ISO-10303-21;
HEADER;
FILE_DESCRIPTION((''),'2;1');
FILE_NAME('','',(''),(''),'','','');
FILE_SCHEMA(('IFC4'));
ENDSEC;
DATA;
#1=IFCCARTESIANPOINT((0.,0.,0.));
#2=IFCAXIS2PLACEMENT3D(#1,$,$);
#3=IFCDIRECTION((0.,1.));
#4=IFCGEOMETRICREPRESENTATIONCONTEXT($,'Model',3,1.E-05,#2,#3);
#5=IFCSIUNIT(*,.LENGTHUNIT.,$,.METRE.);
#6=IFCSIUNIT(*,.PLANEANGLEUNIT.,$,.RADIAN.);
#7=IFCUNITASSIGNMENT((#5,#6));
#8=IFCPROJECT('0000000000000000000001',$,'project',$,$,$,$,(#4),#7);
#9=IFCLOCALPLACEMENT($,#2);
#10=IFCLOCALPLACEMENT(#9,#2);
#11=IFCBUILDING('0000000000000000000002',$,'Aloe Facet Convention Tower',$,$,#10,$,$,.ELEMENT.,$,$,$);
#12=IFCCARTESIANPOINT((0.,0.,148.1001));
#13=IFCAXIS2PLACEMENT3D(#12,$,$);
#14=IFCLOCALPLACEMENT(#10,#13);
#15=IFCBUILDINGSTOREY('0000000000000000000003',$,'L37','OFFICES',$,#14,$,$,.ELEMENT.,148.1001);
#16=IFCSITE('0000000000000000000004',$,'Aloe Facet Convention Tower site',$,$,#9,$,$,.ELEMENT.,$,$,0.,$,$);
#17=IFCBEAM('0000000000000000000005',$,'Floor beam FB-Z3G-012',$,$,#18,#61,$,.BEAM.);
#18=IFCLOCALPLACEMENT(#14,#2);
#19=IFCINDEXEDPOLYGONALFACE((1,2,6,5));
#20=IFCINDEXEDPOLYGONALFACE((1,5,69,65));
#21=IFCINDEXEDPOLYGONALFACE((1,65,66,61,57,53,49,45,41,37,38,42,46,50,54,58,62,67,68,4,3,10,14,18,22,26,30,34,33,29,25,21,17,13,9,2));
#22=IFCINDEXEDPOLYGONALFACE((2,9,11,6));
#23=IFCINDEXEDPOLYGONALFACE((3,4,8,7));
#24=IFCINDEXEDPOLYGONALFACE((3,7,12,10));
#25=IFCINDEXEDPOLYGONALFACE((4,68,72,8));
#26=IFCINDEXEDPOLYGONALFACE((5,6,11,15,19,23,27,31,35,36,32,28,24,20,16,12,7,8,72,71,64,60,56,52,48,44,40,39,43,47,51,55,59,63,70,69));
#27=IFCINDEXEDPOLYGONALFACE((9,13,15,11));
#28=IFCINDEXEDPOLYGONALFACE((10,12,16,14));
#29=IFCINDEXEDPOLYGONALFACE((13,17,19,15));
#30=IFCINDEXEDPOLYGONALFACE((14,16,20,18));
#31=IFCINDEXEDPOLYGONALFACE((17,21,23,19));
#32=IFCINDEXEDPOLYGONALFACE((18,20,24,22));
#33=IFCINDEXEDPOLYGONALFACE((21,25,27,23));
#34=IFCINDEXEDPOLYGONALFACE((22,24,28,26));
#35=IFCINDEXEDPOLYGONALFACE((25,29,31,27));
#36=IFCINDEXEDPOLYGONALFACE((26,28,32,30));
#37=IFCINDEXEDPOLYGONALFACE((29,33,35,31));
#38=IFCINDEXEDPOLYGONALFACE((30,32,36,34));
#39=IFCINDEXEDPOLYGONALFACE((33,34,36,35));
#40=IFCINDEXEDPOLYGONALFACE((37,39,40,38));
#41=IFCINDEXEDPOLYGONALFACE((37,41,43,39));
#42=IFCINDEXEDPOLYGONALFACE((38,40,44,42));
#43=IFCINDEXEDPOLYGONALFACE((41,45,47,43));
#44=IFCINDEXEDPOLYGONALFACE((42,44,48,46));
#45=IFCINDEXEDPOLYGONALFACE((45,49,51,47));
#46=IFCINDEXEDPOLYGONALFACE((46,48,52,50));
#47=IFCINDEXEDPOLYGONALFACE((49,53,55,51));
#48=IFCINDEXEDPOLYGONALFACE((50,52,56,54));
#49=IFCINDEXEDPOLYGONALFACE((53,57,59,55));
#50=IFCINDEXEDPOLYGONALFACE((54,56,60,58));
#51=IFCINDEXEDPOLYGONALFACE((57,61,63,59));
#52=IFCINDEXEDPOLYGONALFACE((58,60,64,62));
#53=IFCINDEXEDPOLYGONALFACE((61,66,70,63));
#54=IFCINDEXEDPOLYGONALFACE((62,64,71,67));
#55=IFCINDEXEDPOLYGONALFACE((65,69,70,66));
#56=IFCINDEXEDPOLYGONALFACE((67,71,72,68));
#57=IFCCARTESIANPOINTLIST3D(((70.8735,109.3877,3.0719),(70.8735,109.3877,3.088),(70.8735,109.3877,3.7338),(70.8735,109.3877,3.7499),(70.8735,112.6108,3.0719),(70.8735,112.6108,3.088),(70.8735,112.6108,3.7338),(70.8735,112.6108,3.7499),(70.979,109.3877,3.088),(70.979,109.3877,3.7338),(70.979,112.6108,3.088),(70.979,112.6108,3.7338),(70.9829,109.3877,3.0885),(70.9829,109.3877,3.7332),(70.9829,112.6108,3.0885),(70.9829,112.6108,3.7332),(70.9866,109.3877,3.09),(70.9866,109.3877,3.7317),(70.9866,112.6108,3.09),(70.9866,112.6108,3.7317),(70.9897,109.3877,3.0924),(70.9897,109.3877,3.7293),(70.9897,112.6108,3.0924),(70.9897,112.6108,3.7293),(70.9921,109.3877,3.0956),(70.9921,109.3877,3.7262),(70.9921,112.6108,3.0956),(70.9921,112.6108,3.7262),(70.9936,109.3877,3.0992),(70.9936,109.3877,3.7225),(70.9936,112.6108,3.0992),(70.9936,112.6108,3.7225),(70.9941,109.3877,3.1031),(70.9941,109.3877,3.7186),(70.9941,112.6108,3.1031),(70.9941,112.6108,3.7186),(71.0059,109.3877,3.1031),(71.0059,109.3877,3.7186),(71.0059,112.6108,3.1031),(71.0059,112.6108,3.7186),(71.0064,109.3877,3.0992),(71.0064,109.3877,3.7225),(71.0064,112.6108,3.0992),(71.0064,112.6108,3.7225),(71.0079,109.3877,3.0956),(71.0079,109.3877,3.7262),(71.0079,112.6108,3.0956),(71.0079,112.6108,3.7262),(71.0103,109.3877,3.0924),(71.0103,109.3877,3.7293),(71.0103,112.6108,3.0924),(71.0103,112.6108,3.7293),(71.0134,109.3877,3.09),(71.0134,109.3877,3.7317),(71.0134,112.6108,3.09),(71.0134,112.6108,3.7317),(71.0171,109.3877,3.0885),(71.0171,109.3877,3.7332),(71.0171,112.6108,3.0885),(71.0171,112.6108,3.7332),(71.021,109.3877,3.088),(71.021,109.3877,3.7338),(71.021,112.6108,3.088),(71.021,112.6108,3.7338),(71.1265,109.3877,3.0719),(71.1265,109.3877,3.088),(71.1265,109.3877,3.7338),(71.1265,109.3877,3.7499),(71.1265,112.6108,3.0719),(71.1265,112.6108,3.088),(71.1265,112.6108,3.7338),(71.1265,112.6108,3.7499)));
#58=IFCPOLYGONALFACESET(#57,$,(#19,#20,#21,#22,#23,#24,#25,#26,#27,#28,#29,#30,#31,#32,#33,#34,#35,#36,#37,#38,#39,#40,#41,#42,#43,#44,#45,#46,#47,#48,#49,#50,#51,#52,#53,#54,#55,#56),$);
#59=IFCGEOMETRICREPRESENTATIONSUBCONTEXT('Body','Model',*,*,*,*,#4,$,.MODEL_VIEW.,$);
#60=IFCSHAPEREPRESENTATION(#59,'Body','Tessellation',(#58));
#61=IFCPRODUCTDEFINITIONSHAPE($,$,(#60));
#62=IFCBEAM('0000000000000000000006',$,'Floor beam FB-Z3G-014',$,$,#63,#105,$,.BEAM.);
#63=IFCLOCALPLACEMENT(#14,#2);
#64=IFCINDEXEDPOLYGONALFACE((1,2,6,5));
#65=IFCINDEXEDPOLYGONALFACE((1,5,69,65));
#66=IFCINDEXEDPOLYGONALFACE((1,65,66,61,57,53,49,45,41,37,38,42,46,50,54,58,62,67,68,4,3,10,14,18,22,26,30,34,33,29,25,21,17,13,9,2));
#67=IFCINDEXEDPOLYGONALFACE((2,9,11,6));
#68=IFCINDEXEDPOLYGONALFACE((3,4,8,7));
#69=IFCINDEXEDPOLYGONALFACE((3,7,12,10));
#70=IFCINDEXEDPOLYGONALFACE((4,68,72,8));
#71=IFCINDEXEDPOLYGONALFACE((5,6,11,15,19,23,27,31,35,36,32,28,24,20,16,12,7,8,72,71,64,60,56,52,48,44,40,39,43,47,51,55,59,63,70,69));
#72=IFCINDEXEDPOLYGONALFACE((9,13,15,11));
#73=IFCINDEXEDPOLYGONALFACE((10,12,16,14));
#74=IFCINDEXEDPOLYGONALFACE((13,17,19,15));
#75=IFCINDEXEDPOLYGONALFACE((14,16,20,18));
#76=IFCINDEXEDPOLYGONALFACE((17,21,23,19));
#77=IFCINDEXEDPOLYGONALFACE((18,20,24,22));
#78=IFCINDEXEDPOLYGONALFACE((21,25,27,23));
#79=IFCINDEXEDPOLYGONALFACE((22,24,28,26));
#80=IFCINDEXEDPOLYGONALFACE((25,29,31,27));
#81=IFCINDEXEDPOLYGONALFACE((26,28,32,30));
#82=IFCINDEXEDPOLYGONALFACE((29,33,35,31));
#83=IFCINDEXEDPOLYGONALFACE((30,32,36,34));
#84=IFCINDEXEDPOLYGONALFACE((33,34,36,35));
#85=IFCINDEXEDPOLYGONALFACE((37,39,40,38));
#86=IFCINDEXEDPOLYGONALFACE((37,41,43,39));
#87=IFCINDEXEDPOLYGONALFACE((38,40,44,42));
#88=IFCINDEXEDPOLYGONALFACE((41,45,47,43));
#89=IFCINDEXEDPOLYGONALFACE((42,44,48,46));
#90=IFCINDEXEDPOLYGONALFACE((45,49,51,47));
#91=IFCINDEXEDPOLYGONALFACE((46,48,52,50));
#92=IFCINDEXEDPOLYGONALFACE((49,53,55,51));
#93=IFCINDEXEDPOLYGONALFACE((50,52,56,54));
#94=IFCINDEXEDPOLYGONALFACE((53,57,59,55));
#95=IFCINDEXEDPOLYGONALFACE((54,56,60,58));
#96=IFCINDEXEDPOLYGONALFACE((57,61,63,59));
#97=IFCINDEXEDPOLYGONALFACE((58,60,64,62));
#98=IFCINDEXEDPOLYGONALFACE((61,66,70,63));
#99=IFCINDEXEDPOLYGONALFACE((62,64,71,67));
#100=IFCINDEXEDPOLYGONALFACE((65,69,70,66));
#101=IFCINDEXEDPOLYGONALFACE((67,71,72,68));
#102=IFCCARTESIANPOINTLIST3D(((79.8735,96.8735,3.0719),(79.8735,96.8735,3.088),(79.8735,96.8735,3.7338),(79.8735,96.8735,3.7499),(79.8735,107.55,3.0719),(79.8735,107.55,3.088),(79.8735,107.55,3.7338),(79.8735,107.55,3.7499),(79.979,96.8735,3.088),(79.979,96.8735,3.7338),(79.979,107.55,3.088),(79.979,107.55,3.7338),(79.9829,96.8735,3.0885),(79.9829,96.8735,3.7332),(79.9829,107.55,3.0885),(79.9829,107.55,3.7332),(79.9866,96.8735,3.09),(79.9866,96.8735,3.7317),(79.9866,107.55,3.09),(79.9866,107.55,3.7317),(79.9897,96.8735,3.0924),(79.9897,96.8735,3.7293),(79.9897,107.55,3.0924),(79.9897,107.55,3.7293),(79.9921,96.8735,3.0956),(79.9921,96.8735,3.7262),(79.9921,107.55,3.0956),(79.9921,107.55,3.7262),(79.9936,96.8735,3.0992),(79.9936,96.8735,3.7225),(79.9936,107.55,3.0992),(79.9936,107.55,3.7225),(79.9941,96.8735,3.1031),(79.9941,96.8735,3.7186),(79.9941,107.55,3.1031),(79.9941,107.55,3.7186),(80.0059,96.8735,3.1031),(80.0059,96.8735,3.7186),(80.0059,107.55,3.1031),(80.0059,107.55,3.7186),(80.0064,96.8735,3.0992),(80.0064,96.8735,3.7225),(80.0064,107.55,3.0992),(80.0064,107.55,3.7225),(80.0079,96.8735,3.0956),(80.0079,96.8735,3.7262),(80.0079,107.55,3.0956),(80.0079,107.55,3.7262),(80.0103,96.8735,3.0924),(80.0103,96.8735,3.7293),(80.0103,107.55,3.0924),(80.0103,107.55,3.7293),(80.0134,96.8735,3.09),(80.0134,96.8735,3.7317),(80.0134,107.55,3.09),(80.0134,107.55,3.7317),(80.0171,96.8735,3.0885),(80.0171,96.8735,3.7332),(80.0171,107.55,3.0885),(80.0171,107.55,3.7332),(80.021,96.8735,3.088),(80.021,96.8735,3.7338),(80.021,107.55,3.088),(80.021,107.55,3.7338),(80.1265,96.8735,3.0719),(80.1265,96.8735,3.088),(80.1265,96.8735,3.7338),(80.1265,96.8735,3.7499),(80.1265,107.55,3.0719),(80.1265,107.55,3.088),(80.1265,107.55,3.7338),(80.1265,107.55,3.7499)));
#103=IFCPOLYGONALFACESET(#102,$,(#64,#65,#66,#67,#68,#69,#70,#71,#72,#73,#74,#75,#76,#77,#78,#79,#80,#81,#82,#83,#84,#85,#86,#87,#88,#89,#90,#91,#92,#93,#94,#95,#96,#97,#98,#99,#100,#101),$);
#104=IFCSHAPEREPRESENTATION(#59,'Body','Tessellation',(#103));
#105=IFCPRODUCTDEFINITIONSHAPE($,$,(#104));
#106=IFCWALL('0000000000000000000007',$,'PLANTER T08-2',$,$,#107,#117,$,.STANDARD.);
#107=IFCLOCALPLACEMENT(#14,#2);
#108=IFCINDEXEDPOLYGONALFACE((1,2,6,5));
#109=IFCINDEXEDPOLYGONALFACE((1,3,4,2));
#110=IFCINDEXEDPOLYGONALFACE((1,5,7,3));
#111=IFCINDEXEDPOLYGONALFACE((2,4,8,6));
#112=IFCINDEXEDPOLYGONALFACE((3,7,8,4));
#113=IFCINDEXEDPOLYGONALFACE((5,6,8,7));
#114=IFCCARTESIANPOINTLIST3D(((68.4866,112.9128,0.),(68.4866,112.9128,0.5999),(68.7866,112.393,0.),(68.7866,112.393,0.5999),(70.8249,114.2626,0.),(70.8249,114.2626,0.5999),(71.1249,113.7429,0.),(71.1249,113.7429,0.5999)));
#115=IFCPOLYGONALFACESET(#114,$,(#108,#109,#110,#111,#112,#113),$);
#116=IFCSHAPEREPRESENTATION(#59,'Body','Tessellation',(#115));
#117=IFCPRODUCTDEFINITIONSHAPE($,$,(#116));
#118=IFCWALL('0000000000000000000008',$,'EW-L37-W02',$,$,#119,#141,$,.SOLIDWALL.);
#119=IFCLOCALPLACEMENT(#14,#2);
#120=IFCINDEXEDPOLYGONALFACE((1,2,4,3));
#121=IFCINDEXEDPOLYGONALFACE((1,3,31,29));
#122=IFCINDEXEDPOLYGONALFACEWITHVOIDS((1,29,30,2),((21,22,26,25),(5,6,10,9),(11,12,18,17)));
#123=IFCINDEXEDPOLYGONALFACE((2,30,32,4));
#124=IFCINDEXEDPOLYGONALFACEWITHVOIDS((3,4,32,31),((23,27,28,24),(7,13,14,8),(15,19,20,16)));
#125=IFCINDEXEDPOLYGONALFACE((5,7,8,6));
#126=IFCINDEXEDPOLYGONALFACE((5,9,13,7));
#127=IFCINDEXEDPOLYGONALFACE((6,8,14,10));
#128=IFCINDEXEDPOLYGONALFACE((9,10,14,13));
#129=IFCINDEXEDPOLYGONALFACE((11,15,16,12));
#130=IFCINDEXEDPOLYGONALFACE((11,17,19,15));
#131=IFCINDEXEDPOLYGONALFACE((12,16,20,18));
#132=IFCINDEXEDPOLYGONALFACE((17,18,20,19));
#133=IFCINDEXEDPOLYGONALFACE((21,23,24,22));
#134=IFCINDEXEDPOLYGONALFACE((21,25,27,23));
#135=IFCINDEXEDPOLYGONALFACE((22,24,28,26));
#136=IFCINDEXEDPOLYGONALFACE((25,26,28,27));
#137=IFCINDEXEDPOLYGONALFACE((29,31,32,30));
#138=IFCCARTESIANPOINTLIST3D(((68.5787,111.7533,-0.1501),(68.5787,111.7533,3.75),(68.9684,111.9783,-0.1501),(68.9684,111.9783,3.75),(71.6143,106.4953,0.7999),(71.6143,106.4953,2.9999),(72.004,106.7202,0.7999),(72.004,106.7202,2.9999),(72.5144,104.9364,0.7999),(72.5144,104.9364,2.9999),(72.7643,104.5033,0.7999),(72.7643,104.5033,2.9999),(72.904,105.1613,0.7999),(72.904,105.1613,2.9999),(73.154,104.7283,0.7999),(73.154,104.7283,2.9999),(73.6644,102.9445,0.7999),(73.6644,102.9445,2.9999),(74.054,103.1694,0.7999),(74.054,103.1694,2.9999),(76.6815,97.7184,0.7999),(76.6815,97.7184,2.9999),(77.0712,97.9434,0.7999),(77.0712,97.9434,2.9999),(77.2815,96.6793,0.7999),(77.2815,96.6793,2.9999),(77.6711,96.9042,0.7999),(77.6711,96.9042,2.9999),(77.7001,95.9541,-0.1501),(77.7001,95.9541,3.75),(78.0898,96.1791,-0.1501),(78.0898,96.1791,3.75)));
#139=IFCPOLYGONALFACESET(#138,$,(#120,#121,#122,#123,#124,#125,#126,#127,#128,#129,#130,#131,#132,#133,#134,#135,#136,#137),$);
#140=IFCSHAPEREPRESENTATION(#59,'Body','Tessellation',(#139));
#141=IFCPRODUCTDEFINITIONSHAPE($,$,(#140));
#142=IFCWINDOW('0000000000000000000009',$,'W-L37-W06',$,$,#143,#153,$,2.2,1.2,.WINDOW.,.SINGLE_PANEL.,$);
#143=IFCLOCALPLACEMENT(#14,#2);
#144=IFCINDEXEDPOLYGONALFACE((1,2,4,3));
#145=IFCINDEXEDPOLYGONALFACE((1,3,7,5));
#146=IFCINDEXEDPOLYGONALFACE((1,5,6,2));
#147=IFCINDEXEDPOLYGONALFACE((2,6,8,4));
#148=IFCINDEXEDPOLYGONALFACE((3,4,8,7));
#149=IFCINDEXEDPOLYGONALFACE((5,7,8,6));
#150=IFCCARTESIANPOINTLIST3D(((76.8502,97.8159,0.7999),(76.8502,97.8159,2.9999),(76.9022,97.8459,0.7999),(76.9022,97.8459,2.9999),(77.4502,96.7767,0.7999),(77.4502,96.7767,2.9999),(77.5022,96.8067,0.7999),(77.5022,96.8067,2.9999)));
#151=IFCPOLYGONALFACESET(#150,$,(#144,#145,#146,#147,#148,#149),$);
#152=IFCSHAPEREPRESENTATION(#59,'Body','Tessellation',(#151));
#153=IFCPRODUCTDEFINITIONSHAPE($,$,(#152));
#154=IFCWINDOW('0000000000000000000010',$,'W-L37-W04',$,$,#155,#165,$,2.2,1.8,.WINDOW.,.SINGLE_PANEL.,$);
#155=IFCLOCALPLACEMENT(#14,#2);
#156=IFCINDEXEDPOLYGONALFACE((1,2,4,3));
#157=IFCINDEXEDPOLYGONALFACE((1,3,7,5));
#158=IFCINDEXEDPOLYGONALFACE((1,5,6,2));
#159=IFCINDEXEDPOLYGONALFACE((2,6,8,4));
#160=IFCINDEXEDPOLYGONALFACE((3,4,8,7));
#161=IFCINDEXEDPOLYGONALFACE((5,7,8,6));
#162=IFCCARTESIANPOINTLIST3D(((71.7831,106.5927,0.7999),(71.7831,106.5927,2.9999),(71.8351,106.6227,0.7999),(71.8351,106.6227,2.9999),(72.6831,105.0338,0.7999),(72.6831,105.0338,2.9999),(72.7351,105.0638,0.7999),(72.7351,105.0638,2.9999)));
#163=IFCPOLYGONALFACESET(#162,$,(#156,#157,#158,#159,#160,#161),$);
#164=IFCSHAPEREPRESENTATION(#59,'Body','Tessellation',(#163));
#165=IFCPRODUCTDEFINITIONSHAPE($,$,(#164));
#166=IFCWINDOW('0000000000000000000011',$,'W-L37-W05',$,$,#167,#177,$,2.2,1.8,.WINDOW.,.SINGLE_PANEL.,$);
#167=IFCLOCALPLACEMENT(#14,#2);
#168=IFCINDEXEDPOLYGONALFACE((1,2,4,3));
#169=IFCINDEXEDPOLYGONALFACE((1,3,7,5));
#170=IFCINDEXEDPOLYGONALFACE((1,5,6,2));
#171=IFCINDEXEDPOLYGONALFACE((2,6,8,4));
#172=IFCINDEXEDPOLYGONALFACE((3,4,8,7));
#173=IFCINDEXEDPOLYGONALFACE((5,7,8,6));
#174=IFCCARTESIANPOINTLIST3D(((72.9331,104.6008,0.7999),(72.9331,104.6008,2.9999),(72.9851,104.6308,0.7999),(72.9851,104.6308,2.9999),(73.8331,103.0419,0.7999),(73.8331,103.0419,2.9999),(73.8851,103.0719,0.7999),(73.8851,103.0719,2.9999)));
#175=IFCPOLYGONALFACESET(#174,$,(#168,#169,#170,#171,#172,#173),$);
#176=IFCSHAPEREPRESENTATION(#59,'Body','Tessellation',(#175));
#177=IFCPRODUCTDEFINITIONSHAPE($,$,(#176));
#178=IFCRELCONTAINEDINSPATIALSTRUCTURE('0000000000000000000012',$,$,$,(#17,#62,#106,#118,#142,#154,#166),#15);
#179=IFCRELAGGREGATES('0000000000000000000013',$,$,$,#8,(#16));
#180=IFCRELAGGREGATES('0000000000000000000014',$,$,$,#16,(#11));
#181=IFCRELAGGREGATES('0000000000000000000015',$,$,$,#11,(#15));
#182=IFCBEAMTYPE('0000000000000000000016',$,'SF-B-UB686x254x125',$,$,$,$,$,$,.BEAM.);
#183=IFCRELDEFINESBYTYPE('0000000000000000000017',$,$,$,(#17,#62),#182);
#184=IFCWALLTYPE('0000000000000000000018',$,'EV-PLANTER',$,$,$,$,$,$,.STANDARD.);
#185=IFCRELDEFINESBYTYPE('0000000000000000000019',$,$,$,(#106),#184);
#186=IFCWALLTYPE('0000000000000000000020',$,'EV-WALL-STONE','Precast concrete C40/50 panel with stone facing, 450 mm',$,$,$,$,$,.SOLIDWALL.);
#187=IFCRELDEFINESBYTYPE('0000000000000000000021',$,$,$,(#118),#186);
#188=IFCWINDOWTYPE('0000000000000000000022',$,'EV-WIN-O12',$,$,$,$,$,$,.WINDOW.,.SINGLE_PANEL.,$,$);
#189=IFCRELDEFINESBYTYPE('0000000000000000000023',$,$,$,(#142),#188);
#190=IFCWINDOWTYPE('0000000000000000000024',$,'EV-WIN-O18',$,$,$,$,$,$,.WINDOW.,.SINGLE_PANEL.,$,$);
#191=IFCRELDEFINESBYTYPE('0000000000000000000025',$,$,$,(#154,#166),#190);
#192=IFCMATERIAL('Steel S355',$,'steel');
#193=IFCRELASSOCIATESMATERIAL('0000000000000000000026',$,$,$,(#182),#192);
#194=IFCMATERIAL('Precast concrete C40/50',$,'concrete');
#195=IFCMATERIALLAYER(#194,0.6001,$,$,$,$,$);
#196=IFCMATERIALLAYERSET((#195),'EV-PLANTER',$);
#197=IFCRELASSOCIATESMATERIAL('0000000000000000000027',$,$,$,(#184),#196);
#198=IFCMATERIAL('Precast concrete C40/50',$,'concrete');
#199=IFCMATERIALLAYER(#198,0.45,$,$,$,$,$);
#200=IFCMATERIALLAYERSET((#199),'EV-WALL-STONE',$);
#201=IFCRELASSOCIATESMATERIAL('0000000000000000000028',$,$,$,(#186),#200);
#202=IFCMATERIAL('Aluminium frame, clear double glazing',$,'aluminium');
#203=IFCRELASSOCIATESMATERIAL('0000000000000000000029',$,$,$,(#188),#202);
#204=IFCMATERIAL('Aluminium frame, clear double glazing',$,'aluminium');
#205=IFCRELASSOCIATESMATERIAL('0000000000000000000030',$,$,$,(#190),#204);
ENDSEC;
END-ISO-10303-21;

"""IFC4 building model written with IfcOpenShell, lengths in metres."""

from ifc_helpers import new_model, si_unit, direction, frame, frame_2d, origin, origin_2d, place, context, subcontext, project, spatial, polyline, rectangle, i_section, outline, extrude, material, layer, layer_set, material_profile, profile_set, type_object, element, fill, save


model = new_model("IFC4")

# Units and contexts
model_context = context("Model", 3, precision=1e-05, world=origin(), true_north=direction((0.0, 1.0)))
body_context = subcontext(model_context, "Body", "Model", "MODEL_VIEW")
ifc_project = project(units=[si_unit("LENGTHUNIT", "METRE"), si_unit("PLANEANGLEUNIT", "RADIAN")], contexts=[model_context])

# Site, building, storey
site_placement = place(None, origin())
site = spatial("IfcSite", under=ifc_project, at=site_placement, Name="Aloe Facet Convention Tower site", CompositionType="ELEMENT", RefElevation=0.0)
building_placement = place(site_placement, origin())
building = spatial("IfcBuilding", under=site, at=building_placement, Name="Aloe Facet Convention Tower", CompositionType="ELEMENT")
storey_placement = place(building_placement, frame((0.0, 0.0, 148.1001)))
storey = spatial("IfcBuildingStorey", under=building, at=storey_placement, Name="L37", Description="OFFICES", CompositionType="ELEMENT", Elevation=148.1001)

# Beams
ifc_material_1 = material(Name="Steel S355", Category="steel")
ifc_material_profile_1 = material_profile(ifc_material_1, i_section(OverallWidth=0.2529, OverallDepth=0.678, WebThickness=0.0117, FlangeThickness=0.0161, FilletRadius=0.0151, at=origin_2d()), Name="UB 686x254x125")
ifc_profile_set_1 = profile_set([ifc_material_profile_1], Name="Steel S355")
beam_type_1 = type_object("IfcBeamType", Name="SF-B-UB686x254x125", PredefinedType="BEAM", material=ifc_profile_set_1)
beam_1_placement = place(storey_placement, frame((71.0, 112.6108, 3.4109), z_axis=(0.0, -1.0, 0.0), x_axis=(1.0, 0.0, 0.0)))
element("IfcBeam", 1, at=beam_1_placement, inside=storey, type_object=beam_type_1, Name="Floor beam FB-Z3G-012", PredefinedType="BEAM", context=body_context, shape_type="SweptSolid", body=[
    extrude(i_section(OverallWidth=0.2529, OverallDepth=0.678, WebThickness=0.0117, FlangeThickness=0.0161, FilletRadius=0.0151, at=origin_2d()), origin(), (0.0, 0.0, 1.0), 3.2231),
])
beam_2_placement = place(storey_placement, frame((80.0, 107.55, 3.4109), z_axis=(0.0, -1.0, 0.0), x_axis=(1.0, 0.0, 0.0)))
element("IfcBeam", 2, at=beam_2_placement, inside=storey, type_object=beam_type_1, Name="Floor beam FB-Z3G-014", PredefinedType="BEAM", context=body_context, shape_type="SweptSolid", body=[
    extrude(i_section(OverallWidth=0.2529, OverallDepth=0.678, WebThickness=0.0117, FlangeThickness=0.0161, FilletRadius=0.0151, at=origin_2d()), origin(), (0.0, 0.0, 1.0), 10.6765),
])

# Wall
ifc_material_2 = material(Name="Precast concrete C40/50", Category="concrete")
ifc_layer_1 = layer(ifc_material_2, 0.6001)
ifc_layer_set_1 = layer_set([ifc_layer_1], Name="EV-PLANTER")
wall_type_1 = type_object("IfcWallType", Name="EV-PLANTER", PredefinedType="STANDARD", material=ifc_layer_set_1)
wall_1_placement = place(storey_placement, frame((68.6365, 112.6528, 0.0), z_axis=(0.0, 0.0, 1.0), x_axis=(0.866059, 0.499942, 0.0)))
element("IfcWall", 3, at=wall_1_placement, inside=storey, type_object=wall_type_1, Name="PLANTER T08-2", PredefinedType="STANDARD", context=body_context, shape_type="SweptSolid", body=[
    extrude(rectangle(XDim=2.7, YDim=0.6001, at=frame_2d((1.3501, 0.0))), origin(), (0.0, 0.0, 1.0), 0.5999),
])

# Wall, openings, windows
ifc_material_3 = material(Name="Precast concrete C40/50", Category="concrete")
ifc_layer_2 = layer(ifc_material_3, 0.45)
ifc_layer_set_2 = layer_set([ifc_layer_2], Name="EV-WALL-STONE")
wall_type_2 = type_object("IfcWallType", Name="EV-WALL-STONE", Description="Precast concrete C40/50 panel with stone facing, 450 mm", PredefinedType="SOLIDWALL", material=ifc_layer_set_2)
wall_2_placement = place(storey_placement, frame((68.7734, 111.8657, -0.1501), z_axis=(0.0, 0.0, 1.0), x_axis=(0.499989, -0.866032, 0.0)))
wall_2 = element("IfcWall", 4, at=wall_2_placement, inside=storey, type_object=wall_type_2, Name="EW-L37-W02", PredefinedType="SOLIDWALL", context=body_context, shape_type="SweptSolid", body=[
    extrude(outline(polyline([(18.2432, 3.9001), (18.2432, 0.0), (0.0, 0.0), (0.0, 3.9001), (18.2432, 3.9001)])), frame((0.0, 0.2251, 0.0), z_axis=(0.0, -1.0, 0.0), x_axis=(1.0, 0.0, 0.0)), (0.0, 0.0, 1.0), 0.45),
])
opening_1_placement = place(wall_2_placement, frame((6.0715, 0.0, 0.95)))
opening_1 = element("IfcOpeningElement", 5, at=opening_1_placement, cuts=wall_2, PredefinedType="OPENING", context=body_context, shape_type="SweptSolid", body=[
    extrude(rectangle(XDim=1.8, YDim=2.2, at=frame_2d((0.8999, 1.1001))), frame((0.0, 0.2349, 0.0), z_axis=(0.0, -1.0, 0.0), x_axis=(1.0, 0.0, 0.0)), (0.0, 0.0, 1.0), 0.47),
])
opening_2_placement = place(wall_2_placement, frame((8.3716, 0.0, 0.95)))
opening_2 = element("IfcOpeningElement", 6, at=opening_2_placement, cuts=wall_2, PredefinedType="OPENING", context=body_context, shape_type="SweptSolid", body=[
    extrude(rectangle(XDim=1.8, YDim=2.2, at=frame_2d((0.8999, 1.1001))), frame((0.0, 0.2349, 0.0), z_axis=(0.0, -1.0, 0.0), x_axis=(1.0, 0.0, 0.0)), (0.0, 0.0, 1.0), 0.47),
])
opening_3_placement = place(wall_2_placement, frame((16.2058, 0.0, 0.95)))
opening_3 = element("IfcOpeningElement", 7, at=opening_3_placement, cuts=wall_2, PredefinedType="OPENING", context=body_context, shape_type="SweptSolid", body=[
    extrude(rectangle(XDim=1.2, YDim=2.2, at=frame_2d((0.6001, 1.1001))), frame((0.0, 0.2349, 0.0), z_axis=(0.0, -1.0, 0.0), x_axis=(1.0, 0.0, 0.0)), (0.0, 0.0, 1.0), 0.47),
])
ifc_material_4 = material(Name="Aluminium frame, clear double glazing", Category="aluminium")
window_type_1 = type_object("IfcWindowType", Name="EV-WIN-O12", PartitioningType="SINGLE_PANEL", PredefinedType="WINDOW", material=ifc_material_4)
window_1_placement = place(opening_3_placement, origin())
window_1 = element("IfcWindow", 8, at=window_1_placement, inside=storey, type_object=window_type_1, Name="W-L37-W06", OverallHeight=2.2, OverallWidth=1.2, PartitioningType="SINGLE_PANEL", PredefinedType="WINDOW", context=body_context, shape_type="SweptSolid", body=[
    extrude(rectangle(XDim=1.2, YDim=2.2, at=frame_2d((0.6001, 1.1001))), frame((0.0, 0.03, 0.0), z_axis=(0.0, -1.0, 0.0), x_axis=(1.0, 0.0, 0.0)), (0.0, 0.0, 1.0), 0.0601),
])
fill(opening_3, window_1)
ifc_material_5 = material(Name="Aluminium frame, clear double glazing", Category="aluminium")
window_type_2 = type_object("IfcWindowType", Name="EV-WIN-O18", PartitioningType="SINGLE_PANEL", PredefinedType="WINDOW", material=ifc_material_5)
window_2_placement = place(opening_1_placement, origin())
window_2 = element("IfcWindow", 9, at=window_2_placement, inside=storey, type_object=window_type_2, Name="W-L37-W04", OverallHeight=2.2, OverallWidth=1.8, PartitioningType="SINGLE_PANEL", PredefinedType="WINDOW", context=body_context, shape_type="SweptSolid", body=[
    extrude(rectangle(XDim=1.8, YDim=2.2, at=frame_2d((0.8999, 1.1001))), frame((0.0, 0.03, 0.0), z_axis=(0.0, -1.0, 0.0), x_axis=(1.0, 0.0, 0.0)), (0.0, 0.0, 1.0), 0.0601),
])
fill(opening_1, window_2)
window_3_placement = place(opening_2_placement, origin())
window_3 = element("IfcWindow", 10, at=window_3_placement, inside=storey, type_object=window_type_2, Name="W-L37-W05", OverallHeight=2.2, OverallWidth=1.8, PartitioningType="SINGLE_PANEL", PredefinedType="WINDOW", context=body_context, shape_type="SweptSolid", body=[
    extrude(rectangle(XDim=1.8, YDim=2.2, at=frame_2d((0.8999, 1.1001))), frame((0.0, 0.03, 0.0), z_axis=(0.0, -1.0, 0.0), x_axis=(1.0, 0.0, 0.0)), (0.0, 0.0, 1.0), 0.0601),
])
fill(opening_2, window_3)

save(model, "model.ifc")
